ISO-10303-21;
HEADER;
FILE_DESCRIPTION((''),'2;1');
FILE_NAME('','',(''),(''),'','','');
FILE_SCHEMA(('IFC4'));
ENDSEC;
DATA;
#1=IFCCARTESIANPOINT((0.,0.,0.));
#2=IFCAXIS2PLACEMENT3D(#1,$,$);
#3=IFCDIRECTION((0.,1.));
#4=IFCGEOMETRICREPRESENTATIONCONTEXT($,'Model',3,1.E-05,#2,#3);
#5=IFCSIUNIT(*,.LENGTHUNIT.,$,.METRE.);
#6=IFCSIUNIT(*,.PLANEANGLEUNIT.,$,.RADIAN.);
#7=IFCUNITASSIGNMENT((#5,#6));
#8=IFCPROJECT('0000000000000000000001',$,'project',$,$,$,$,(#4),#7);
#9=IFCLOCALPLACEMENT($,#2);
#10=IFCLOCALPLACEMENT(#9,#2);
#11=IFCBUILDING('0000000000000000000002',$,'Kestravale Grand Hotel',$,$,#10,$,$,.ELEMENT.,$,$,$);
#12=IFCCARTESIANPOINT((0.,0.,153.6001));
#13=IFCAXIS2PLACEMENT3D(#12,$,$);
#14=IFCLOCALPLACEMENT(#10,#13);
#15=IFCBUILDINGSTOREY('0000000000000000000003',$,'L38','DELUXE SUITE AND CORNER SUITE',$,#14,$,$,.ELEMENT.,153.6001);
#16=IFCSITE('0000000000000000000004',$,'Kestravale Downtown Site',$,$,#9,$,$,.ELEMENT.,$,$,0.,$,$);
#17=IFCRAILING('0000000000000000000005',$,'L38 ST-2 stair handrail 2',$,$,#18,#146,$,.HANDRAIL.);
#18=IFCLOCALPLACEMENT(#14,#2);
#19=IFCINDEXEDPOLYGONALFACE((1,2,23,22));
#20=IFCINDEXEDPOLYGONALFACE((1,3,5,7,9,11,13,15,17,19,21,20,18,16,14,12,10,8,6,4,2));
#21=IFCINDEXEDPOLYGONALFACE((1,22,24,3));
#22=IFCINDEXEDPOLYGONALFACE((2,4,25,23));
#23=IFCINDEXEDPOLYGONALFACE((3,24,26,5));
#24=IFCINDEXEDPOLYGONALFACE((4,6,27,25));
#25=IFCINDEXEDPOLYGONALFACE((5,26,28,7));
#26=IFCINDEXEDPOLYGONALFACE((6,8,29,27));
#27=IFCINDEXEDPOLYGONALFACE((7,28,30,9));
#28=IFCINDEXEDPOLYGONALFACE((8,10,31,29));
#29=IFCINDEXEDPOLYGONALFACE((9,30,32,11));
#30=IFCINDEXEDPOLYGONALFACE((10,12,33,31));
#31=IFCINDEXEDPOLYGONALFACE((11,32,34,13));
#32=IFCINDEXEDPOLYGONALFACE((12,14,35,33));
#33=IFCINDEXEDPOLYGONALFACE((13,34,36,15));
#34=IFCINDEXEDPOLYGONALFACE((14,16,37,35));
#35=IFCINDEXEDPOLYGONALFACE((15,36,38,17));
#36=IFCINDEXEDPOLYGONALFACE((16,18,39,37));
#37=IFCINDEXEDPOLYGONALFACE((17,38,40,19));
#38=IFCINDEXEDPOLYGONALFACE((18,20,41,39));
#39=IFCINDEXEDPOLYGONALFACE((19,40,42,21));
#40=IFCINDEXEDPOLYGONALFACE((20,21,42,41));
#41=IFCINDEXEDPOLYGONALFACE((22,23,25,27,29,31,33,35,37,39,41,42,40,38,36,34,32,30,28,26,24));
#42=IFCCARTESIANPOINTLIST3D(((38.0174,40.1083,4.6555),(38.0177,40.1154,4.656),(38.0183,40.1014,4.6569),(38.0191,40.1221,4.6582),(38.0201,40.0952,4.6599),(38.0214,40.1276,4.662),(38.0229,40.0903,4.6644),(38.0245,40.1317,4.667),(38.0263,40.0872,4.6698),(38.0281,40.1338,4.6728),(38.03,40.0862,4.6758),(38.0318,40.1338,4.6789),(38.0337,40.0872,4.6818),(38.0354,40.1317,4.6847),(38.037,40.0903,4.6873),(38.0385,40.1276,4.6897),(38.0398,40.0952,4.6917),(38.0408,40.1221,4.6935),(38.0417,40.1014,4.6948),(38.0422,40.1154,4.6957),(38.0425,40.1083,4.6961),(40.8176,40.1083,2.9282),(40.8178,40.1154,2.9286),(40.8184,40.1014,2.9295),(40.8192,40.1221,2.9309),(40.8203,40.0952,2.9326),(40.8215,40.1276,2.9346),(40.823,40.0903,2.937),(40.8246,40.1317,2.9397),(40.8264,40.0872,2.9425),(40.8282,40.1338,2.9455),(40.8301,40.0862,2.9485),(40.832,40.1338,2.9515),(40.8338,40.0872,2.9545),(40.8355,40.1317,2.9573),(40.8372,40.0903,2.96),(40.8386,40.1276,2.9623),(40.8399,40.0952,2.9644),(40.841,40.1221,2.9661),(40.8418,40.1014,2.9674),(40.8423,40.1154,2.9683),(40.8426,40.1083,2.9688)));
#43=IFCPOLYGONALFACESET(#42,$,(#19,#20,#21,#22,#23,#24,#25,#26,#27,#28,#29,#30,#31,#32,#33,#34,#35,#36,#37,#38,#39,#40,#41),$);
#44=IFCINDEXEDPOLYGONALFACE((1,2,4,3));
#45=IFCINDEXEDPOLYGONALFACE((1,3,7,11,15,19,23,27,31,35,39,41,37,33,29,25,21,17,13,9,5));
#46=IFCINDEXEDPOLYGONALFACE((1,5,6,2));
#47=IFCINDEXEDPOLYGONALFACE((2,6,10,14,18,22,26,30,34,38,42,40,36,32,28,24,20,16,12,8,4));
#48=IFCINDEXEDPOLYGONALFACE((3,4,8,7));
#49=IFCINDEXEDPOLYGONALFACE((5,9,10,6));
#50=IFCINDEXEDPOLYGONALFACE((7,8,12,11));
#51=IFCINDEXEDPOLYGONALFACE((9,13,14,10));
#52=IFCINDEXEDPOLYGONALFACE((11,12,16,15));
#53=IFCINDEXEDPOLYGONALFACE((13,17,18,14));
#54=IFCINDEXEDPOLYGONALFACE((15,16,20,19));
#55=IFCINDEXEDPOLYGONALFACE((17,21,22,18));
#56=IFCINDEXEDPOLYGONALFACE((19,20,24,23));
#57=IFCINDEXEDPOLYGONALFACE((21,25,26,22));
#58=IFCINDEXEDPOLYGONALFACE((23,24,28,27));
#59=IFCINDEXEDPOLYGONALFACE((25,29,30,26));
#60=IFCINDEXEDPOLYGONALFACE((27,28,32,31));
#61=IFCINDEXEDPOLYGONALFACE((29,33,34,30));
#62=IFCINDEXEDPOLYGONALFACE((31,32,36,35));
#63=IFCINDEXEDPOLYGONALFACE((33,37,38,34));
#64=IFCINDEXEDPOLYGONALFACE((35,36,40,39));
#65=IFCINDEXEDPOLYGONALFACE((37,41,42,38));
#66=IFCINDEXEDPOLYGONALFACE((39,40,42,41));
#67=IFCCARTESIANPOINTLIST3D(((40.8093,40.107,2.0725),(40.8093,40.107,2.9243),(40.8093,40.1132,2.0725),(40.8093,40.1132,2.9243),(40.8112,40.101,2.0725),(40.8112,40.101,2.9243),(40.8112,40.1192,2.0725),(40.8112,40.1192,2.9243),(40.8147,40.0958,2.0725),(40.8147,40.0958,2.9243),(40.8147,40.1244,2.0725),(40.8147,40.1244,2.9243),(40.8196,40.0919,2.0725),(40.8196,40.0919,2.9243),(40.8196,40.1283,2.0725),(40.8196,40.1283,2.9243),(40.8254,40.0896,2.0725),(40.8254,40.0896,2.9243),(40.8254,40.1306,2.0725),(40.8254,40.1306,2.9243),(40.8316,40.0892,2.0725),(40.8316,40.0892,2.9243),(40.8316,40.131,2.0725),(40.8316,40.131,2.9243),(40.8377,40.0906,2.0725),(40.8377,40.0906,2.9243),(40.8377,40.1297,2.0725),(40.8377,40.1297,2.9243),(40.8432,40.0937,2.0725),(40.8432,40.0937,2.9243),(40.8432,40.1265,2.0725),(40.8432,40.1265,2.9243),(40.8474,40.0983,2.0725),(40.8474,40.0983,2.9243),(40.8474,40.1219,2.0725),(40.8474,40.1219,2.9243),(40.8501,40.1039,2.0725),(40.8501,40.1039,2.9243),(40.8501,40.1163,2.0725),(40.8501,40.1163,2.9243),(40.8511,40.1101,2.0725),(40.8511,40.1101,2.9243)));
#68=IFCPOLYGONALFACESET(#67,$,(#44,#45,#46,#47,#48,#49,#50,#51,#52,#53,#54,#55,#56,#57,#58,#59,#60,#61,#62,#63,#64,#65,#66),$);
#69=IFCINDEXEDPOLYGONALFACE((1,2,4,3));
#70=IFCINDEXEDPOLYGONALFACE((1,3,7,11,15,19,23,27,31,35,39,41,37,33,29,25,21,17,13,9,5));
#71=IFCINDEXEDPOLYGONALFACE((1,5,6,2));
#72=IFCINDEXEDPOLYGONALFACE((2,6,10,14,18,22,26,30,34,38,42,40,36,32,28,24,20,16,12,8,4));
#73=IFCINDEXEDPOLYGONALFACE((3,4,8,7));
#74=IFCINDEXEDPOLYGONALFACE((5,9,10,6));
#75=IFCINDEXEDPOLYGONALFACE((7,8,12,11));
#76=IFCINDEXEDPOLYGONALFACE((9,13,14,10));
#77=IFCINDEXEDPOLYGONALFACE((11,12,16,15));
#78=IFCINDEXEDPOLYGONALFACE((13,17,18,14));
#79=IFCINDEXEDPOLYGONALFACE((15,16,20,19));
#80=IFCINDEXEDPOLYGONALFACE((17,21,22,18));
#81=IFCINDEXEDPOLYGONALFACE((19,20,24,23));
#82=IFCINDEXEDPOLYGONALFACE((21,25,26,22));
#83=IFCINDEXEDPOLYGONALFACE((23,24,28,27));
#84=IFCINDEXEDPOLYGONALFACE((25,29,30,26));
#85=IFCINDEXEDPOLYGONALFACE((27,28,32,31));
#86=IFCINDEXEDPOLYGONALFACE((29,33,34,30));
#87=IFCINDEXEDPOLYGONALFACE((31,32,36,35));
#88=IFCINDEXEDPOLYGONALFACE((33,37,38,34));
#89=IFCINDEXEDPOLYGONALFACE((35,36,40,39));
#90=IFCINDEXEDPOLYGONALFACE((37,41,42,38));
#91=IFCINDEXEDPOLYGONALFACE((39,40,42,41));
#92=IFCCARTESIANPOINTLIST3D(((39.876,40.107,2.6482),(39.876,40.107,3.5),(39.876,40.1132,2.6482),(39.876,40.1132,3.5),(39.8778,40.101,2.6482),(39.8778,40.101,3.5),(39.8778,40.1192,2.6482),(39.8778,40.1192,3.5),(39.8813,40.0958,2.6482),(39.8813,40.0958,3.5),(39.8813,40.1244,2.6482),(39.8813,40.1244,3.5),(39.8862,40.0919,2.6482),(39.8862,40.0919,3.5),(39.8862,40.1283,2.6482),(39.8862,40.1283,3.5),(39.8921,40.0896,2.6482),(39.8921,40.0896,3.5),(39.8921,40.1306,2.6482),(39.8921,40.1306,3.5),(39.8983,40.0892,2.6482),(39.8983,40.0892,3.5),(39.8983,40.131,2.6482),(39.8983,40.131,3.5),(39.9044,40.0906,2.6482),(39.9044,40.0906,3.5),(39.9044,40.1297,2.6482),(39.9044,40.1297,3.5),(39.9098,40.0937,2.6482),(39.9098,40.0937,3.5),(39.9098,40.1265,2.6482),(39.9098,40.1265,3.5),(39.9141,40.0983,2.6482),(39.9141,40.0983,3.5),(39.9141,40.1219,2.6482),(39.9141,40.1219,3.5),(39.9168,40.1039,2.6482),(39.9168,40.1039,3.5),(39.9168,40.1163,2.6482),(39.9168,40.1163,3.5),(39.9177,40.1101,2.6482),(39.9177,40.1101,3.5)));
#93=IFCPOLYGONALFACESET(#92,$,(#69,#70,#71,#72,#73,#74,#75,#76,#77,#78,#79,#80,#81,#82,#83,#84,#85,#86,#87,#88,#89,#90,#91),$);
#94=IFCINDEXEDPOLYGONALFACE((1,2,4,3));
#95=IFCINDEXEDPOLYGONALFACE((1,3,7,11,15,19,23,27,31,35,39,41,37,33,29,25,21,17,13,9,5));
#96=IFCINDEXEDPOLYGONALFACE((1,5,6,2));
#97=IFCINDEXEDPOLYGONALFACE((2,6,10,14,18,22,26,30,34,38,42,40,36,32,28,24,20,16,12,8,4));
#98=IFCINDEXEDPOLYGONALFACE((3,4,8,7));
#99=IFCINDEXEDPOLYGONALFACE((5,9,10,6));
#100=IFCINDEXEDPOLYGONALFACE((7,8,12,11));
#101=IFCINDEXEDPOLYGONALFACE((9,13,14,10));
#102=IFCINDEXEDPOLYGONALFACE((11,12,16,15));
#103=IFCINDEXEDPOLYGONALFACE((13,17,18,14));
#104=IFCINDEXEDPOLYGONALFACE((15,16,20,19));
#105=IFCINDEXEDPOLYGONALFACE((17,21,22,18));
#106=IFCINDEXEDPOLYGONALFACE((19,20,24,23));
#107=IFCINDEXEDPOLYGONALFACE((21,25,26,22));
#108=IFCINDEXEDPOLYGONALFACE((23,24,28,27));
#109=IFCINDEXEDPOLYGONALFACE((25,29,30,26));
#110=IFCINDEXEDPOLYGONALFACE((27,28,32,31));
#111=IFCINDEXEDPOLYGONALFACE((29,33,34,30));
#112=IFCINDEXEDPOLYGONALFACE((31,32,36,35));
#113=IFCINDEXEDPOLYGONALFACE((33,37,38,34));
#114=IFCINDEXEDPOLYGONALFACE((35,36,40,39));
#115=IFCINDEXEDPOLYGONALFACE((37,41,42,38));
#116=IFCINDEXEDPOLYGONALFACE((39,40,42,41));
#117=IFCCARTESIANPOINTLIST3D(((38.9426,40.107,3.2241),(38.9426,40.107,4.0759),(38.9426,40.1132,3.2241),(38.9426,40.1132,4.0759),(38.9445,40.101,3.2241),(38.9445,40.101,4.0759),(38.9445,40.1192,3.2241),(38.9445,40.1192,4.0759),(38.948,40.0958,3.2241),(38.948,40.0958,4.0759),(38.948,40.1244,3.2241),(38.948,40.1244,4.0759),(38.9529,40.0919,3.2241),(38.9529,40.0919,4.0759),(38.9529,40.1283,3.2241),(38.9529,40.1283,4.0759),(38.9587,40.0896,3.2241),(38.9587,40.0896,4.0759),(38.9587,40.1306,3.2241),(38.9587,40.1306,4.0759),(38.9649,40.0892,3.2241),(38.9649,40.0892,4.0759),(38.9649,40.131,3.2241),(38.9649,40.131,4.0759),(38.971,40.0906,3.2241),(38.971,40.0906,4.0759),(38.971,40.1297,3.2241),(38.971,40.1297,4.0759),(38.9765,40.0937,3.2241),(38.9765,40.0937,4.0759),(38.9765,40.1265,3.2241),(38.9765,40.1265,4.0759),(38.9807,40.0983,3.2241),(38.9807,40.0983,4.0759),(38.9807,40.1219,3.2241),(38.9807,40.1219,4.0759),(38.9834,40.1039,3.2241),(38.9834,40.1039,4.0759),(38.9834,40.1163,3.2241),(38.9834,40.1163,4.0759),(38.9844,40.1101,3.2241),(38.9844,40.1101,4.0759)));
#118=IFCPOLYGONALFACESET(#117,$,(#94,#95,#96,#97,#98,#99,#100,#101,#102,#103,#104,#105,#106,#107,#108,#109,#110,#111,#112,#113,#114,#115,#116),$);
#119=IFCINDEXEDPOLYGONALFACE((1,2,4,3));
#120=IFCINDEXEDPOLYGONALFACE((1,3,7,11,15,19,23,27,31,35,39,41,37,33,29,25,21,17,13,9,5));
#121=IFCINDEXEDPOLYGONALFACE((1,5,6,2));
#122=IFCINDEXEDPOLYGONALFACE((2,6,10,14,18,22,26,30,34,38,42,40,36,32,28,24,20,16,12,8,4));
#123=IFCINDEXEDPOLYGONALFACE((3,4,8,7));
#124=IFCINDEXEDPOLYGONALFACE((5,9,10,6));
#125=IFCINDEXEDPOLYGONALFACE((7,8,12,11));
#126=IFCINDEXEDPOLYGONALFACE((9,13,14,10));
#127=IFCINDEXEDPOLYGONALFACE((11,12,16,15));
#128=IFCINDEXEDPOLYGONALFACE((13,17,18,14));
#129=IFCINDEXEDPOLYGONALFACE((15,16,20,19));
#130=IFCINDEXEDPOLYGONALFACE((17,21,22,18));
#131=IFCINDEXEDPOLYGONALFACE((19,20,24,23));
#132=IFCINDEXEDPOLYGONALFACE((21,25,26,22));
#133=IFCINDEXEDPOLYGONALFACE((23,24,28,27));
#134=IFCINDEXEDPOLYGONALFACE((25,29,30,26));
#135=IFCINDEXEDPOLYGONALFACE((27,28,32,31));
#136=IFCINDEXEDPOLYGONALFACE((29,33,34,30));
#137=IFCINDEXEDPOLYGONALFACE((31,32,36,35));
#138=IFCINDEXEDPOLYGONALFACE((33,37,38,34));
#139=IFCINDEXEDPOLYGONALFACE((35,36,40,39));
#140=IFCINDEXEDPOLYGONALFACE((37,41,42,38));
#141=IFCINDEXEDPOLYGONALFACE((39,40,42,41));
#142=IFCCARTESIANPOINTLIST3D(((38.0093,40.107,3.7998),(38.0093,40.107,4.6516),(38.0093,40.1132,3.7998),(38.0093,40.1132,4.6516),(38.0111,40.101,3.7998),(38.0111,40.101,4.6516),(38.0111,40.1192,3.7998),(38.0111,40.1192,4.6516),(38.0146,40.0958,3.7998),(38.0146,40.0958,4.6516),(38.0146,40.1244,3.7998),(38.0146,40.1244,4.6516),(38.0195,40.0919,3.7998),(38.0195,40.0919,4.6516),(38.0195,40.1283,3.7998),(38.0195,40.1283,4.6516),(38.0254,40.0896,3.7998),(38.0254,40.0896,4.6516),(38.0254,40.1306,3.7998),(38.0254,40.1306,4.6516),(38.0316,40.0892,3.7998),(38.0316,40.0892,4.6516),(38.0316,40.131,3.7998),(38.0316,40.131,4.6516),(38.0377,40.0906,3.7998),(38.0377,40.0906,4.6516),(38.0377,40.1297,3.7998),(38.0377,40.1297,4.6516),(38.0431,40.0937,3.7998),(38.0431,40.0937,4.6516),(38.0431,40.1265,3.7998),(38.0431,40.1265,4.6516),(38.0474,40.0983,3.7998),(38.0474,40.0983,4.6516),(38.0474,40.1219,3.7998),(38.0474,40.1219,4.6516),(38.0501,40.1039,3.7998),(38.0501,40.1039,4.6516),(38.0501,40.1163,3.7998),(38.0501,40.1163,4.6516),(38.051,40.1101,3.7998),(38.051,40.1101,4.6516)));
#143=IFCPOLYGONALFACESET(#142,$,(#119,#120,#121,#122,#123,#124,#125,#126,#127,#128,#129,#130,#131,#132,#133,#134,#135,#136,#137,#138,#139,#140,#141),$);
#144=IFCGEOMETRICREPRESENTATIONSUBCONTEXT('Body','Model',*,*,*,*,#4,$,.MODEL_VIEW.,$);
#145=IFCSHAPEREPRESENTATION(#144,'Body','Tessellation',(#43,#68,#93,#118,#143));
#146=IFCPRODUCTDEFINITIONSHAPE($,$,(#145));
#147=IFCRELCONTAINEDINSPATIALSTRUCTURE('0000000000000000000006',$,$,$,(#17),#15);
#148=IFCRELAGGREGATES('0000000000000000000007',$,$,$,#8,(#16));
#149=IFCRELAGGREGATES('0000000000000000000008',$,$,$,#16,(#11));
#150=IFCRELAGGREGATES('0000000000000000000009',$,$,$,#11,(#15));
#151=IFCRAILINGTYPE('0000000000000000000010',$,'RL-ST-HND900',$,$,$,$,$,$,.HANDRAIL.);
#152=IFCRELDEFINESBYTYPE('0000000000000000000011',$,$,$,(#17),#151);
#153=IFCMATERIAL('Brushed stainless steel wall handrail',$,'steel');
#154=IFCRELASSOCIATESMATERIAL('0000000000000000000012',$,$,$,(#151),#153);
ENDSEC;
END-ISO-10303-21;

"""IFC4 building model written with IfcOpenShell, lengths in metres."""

from ifc_helpers import new_model, si_unit, direction, frame, origin, origin_2d, place, context, subcontext, project, spatial, circle, extrude, material, type_object, element, save


model = new_model("IFC4")

# Units and contexts
model_context = context("Model", 3, precision=1e-05, world=origin(), true_north=direction((0.0, 1.0)))
body_context = subcontext(model_context, "Body", "Model", "MODEL_VIEW")
ifc_project = project(units=[si_unit("LENGTHUNIT", "METRE"), si_unit("PLANEANGLEUNIT", "RADIAN")], contexts=[model_context])

# Site, building, storey
site_placement = place(None, origin())
site = spatial("IfcSite", under=ifc_project, at=site_placement, Name="Kestravale Downtown Site", CompositionType="ELEMENT", RefElevation=0.0)
building_placement = place(site_placement, origin())
building = spatial("IfcBuilding", under=site, at=building_placement, Name="Kestravale Grand Hotel", CompositionType="ELEMENT")
storey_placement = place(building_placement, frame((0.0, 0.0, 153.6001)))
storey = spatial("IfcBuildingStorey", under=building, at=storey_placement, Name="L38", Description="DELUXE SUITE AND CORNER SUITE", CompositionType="ELEMENT", Elevation=153.6001)

# Railing
ifc_material_1 = material(Name="Brushed stainless steel wall handrail", Category="steel")
railing_type_1 = type_object("IfcRailingType", Name="RL-ST-HND900", PredefinedType="HANDRAIL", material=ifc_material_1)
railing_1_placement = place(storey_placement, frame((40.8301, 40.1101, 2.0725)))
element("IfcRailing", 1, at=railing_1_placement, inside=storey, type_object=railing_type_1, Name="L38 ST-2 stair handrail 2", PredefinedType="HANDRAIL", context=body_context, shape_type="SweptSolid", body=[
    extrude(circle(Radius=0.0239, at=origin_2d()), frame((0.0, 0.0, 0.876), z_axis=(-0.85109, 0.0, 0.52502), x_axis=(0.0, -1.0, 0.0)), (0.0, 0.0, 1.0), 3.29),
    extrude(circle(Radius=0.021, at=origin_2d()), origin(), (0.0, 0.0, 1.0), 0.8518),
    extrude(circle(Radius=0.021, at=origin_2d()), frame((-0.9333, 0.0, 0.5757)), (0.0, 0.0, 1.0), 0.8518),
    extrude(circle(Radius=0.021, at=origin_2d()), frame((-1.8667, 0.0, 1.1516)), (0.0, 0.0, 1.0), 0.8518),
    extrude(circle(Radius=0.021, at=origin_2d()), frame((-2.8, 0.0, 1.7273)), (0.0, 0.0, 1.0), 0.8518),
])

save(model, "model.ifc")
